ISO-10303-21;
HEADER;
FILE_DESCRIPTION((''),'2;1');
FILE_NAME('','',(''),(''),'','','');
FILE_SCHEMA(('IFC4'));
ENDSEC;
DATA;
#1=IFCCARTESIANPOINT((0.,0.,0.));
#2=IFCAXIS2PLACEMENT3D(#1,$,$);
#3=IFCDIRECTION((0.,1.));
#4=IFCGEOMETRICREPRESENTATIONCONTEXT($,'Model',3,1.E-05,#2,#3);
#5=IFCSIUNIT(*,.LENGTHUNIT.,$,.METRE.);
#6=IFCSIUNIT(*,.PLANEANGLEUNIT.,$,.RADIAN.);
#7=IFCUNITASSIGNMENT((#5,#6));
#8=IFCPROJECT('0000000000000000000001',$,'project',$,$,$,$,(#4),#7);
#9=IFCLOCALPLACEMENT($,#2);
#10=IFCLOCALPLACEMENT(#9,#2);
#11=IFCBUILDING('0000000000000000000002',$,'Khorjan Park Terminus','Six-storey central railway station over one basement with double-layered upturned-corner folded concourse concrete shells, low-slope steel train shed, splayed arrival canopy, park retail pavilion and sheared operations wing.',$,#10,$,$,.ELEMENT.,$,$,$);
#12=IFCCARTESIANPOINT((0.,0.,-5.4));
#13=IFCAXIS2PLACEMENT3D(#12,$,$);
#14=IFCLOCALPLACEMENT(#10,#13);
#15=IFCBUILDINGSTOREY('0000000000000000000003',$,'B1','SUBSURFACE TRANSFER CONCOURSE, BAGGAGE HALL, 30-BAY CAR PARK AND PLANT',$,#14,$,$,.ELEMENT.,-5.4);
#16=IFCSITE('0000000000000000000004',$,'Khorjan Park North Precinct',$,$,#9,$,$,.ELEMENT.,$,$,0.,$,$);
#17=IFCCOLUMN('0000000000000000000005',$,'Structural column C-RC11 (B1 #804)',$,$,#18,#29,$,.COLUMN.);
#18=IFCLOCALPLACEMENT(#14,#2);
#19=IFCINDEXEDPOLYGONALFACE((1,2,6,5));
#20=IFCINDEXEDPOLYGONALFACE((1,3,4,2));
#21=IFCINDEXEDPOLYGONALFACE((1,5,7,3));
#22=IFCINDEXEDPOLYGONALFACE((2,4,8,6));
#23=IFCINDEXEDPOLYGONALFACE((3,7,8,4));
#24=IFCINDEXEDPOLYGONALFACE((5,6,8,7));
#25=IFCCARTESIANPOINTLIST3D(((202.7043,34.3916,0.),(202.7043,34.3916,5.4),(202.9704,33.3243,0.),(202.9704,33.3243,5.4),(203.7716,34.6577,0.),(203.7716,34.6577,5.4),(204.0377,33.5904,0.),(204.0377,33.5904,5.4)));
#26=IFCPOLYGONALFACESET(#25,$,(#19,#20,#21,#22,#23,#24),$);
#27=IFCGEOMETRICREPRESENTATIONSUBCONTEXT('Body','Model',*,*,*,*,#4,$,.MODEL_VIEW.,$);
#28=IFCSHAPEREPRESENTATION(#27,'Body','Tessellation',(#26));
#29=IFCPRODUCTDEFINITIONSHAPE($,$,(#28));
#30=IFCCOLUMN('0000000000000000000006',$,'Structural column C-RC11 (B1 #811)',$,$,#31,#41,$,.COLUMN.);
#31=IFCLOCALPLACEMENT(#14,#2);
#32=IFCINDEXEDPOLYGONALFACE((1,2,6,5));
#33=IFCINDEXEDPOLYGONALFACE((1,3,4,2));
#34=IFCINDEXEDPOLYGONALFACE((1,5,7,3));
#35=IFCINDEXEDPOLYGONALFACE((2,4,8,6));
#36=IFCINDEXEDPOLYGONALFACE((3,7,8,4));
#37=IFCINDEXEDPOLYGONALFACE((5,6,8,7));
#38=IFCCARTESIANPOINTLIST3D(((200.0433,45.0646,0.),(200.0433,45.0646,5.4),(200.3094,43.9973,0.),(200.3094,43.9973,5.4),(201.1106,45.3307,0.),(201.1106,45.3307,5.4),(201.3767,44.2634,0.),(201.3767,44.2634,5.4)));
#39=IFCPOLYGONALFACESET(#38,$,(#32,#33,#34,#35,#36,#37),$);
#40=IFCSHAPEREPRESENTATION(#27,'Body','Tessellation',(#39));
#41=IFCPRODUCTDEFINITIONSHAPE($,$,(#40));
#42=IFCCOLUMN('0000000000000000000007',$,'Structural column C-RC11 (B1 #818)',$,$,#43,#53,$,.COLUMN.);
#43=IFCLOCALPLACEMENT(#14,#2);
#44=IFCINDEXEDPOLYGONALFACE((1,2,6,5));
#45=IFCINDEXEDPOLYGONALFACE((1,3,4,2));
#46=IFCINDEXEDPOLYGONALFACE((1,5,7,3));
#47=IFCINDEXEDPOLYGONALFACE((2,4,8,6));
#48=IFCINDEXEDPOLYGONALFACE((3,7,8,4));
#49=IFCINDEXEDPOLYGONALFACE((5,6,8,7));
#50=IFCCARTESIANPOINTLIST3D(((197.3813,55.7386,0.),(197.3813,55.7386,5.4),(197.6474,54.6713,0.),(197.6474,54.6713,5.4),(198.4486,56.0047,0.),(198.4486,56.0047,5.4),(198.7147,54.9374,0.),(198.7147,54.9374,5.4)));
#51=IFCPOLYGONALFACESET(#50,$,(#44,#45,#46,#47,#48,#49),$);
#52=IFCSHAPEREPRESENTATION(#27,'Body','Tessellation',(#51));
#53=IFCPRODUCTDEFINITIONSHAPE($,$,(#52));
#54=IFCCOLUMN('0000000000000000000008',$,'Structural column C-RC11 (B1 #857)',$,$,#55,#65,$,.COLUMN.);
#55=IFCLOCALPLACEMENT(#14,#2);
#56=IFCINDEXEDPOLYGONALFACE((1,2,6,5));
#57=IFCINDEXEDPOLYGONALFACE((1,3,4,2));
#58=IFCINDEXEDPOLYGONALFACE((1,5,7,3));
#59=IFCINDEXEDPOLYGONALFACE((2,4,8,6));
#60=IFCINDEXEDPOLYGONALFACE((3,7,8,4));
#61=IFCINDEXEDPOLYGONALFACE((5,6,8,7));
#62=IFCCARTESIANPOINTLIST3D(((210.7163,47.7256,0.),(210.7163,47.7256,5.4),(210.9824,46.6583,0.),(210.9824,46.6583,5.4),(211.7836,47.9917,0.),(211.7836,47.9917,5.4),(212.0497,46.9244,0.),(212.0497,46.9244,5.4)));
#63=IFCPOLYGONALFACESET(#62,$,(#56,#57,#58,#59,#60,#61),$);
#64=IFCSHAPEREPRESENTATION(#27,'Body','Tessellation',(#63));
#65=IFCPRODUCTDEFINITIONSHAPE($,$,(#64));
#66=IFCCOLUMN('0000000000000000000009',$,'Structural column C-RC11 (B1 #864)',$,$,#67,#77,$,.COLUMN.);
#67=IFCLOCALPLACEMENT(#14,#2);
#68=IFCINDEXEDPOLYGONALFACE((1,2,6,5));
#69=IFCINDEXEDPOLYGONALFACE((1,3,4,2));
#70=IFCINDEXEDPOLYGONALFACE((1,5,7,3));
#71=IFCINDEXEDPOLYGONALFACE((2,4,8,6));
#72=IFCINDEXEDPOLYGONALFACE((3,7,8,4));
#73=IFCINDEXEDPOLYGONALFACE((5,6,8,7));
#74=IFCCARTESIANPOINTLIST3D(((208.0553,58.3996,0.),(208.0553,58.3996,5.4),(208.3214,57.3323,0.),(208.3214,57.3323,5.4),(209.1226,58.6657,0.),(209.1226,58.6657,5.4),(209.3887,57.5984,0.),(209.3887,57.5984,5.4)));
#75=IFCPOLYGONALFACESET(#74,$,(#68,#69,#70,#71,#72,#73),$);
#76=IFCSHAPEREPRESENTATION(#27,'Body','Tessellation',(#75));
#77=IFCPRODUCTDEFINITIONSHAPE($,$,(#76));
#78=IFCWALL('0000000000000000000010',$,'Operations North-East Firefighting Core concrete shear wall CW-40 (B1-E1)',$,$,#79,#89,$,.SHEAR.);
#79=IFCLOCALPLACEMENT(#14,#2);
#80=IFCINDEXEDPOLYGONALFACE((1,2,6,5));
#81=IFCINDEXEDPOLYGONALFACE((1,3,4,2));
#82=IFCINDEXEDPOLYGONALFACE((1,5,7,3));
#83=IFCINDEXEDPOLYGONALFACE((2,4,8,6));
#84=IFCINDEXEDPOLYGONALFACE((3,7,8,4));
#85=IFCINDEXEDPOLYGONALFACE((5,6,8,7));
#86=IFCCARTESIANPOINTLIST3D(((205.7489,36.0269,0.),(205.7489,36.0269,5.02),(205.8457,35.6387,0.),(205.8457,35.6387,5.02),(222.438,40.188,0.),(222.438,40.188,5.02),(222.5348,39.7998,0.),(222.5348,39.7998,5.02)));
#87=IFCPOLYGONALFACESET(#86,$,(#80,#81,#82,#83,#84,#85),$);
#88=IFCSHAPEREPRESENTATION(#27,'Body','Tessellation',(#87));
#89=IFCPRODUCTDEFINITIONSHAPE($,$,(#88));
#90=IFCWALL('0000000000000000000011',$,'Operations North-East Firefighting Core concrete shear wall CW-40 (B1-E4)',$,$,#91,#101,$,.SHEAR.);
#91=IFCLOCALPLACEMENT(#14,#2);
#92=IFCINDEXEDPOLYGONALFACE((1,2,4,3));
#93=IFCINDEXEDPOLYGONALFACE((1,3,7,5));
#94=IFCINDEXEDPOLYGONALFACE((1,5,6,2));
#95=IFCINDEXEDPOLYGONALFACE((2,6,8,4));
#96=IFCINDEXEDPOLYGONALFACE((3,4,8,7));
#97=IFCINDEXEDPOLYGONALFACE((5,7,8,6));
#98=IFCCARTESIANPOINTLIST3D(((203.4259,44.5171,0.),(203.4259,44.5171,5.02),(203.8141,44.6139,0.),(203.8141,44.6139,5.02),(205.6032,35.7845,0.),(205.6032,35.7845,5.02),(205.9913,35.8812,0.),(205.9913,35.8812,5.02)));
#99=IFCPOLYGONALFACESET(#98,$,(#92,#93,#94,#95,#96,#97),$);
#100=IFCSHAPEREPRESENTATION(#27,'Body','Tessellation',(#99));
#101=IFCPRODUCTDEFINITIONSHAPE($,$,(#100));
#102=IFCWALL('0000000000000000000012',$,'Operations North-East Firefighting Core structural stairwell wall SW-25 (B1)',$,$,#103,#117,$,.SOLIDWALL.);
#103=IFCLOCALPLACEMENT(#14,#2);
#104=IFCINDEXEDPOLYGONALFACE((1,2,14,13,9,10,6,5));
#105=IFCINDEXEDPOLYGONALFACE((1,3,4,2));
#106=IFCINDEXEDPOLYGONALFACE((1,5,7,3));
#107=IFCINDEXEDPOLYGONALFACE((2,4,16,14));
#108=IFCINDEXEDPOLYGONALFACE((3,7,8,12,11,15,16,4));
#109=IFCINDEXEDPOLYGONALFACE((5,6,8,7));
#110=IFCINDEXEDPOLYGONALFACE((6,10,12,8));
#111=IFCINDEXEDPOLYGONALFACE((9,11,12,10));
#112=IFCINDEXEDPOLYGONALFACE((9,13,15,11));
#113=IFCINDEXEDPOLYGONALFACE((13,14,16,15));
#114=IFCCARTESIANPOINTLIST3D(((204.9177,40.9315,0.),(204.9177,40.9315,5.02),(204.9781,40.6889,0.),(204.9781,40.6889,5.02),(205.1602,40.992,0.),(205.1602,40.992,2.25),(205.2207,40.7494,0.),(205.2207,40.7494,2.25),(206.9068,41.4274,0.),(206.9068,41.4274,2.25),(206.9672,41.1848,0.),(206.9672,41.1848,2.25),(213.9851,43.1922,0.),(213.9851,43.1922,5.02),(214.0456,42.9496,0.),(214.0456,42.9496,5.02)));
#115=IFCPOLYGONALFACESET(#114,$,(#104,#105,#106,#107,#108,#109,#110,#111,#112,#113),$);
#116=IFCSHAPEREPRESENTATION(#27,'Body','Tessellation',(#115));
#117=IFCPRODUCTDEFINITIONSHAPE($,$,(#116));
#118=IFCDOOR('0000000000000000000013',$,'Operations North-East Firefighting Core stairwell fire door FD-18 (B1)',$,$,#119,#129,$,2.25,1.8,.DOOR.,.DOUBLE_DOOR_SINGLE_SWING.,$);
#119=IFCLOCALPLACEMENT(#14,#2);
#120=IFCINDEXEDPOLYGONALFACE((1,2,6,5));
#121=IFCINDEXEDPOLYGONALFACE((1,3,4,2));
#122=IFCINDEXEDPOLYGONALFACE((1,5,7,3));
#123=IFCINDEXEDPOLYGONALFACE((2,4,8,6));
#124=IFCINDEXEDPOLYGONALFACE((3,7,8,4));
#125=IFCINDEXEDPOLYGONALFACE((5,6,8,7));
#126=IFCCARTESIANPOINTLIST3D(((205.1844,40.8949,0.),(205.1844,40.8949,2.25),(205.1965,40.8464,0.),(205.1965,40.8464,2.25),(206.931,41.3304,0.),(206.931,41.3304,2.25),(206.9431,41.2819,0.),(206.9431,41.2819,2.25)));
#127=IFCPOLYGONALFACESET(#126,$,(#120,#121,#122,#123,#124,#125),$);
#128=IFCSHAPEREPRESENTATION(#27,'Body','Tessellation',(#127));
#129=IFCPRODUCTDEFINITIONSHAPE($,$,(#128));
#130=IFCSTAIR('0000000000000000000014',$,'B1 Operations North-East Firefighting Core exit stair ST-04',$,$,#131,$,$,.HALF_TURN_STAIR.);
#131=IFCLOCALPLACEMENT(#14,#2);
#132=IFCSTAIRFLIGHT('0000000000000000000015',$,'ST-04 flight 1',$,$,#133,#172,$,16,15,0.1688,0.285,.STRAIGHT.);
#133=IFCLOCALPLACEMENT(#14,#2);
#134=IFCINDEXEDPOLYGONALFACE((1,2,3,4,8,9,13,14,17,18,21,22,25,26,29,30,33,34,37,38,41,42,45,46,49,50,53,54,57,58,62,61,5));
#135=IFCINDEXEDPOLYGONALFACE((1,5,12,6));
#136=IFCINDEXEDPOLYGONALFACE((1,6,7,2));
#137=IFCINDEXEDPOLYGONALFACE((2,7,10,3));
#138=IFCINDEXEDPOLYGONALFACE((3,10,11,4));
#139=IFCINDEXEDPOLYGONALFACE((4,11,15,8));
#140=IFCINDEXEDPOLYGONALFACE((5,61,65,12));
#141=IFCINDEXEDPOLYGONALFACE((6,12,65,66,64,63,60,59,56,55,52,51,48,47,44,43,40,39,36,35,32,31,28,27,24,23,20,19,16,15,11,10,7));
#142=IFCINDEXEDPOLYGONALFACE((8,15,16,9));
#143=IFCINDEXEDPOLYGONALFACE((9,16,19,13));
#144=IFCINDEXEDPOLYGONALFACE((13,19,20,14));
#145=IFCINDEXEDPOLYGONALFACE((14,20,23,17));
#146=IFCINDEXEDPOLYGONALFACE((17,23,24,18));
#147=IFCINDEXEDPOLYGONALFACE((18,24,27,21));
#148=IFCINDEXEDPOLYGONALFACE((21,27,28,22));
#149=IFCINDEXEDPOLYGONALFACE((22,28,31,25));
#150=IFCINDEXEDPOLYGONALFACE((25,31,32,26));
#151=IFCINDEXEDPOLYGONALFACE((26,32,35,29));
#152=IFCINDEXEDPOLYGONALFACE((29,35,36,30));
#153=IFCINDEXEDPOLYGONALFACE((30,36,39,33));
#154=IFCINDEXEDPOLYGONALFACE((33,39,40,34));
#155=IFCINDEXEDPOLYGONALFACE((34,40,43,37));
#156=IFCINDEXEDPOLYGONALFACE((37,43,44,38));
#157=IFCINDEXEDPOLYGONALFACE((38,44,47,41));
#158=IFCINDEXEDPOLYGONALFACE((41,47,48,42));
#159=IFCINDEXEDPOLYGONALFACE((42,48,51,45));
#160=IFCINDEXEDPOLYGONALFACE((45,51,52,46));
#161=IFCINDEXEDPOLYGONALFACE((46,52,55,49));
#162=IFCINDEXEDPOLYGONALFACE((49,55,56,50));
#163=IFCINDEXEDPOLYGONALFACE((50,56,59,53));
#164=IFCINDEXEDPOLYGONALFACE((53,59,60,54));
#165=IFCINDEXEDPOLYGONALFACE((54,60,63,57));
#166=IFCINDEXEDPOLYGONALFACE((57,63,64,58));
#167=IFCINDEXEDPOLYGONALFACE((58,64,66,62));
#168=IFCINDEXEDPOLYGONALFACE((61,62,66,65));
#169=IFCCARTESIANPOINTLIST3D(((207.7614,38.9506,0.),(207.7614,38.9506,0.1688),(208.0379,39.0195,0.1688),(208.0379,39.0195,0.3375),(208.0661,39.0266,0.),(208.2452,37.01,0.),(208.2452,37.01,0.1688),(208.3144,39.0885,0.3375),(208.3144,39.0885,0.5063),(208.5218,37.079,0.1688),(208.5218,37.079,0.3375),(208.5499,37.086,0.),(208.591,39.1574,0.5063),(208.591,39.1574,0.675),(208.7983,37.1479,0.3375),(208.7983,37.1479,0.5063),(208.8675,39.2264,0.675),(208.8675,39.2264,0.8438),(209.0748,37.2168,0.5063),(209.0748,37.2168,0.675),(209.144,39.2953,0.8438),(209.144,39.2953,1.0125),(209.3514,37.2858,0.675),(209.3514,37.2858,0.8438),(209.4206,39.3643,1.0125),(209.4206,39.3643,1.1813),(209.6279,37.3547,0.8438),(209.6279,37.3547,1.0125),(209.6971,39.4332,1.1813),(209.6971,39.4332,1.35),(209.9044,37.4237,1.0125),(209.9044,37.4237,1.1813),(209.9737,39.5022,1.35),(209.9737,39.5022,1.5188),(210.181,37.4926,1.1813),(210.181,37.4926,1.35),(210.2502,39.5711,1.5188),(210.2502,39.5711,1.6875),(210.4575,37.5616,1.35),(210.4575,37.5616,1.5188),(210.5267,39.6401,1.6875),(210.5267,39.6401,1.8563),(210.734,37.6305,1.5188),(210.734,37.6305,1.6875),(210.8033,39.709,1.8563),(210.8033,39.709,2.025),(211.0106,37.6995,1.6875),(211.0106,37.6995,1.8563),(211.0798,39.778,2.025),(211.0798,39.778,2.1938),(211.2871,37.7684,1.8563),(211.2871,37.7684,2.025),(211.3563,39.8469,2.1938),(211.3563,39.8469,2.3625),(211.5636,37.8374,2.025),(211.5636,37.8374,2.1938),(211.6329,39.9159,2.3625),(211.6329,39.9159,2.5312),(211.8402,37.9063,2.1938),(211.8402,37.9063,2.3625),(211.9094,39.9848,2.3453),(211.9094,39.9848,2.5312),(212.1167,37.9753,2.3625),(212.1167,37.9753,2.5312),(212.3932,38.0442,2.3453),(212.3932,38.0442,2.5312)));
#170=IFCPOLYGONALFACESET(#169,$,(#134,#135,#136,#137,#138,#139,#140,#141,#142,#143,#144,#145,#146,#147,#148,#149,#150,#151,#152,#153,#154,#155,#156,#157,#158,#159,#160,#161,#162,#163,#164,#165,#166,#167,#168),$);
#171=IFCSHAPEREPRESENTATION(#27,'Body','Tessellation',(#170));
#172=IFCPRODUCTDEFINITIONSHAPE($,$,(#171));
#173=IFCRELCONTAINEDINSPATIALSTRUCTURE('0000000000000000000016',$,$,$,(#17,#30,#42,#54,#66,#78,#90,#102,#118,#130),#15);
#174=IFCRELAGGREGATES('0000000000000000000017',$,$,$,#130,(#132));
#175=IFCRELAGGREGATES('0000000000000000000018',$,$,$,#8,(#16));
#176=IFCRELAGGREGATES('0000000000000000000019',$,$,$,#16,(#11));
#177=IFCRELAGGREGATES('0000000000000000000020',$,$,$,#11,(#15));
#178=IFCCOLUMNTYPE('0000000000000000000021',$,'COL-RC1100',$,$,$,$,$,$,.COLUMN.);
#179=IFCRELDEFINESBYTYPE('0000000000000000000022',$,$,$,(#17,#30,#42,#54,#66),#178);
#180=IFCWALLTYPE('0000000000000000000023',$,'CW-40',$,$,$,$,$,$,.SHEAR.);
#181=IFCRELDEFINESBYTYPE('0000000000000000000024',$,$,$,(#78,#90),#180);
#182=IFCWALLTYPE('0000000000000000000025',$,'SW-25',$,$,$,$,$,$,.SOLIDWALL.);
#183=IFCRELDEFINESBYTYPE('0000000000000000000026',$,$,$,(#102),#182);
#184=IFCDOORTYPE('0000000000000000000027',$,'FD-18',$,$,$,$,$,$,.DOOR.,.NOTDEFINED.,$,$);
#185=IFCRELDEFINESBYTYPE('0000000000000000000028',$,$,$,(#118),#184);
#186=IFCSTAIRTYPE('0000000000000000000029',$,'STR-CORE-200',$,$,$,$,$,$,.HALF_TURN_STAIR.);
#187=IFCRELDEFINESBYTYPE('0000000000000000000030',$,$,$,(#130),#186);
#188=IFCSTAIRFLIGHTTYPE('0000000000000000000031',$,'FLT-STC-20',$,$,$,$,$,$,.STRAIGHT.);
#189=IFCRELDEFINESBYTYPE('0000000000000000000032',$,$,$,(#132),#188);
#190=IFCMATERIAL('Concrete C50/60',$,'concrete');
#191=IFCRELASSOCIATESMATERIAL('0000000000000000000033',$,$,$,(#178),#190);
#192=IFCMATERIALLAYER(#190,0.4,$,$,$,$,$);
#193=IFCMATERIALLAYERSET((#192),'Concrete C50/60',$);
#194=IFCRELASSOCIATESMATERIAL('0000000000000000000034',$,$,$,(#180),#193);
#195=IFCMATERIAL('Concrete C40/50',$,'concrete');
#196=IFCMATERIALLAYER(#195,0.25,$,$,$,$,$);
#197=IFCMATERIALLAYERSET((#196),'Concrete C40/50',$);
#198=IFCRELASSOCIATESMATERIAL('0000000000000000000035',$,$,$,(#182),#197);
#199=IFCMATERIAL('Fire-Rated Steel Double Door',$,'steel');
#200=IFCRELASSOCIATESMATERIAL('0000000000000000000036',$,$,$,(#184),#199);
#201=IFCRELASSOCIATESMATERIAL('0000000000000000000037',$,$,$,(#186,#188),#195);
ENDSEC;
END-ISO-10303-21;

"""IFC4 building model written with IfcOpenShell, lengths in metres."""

from ifc_helpers import new_model, si_unit, direction, frame, frame_2d, origin, origin_2d, place, context, subcontext, project, spatial, polyline, rectangle, outline, extrude, material, layer, layer_set, material_profile, profile_set, type_object, element, fill, aggregate, save


model = new_model("IFC4")

# Units and contexts
model_context = context("Model", 3, precision=1e-05, world=origin(), true_north=direction((0.0, 1.0)))
body_context = subcontext(model_context, "Body", "Model", "MODEL_VIEW")
ifc_project = project(units=[si_unit("LENGTHUNIT", "METRE"), si_unit("PLANEANGLEUNIT", "RADIAN")], contexts=[model_context])

# Site, building, storey
site_placement = place(None, origin())
site = spatial("IfcSite", under=ifc_project, at=site_placement, Name="Khorjan Park North Precinct", CompositionType="ELEMENT", RefElevation=0.0)
building_placement = place(site_placement, origin())
building = spatial("IfcBuilding", under=site, at=building_placement, Name="Khorjan Park Terminus", Description="Six-storey central railway station over one basement with double-layered upturned-corner folded concourse concrete shells, low-slope steel train shed, splayed arrival canopy, park retail pavilion and sheared operations wing.", CompositionType="ELEMENT")
storey_placement = place(building_placement, frame((0.0, 0.0, -5.4)))
storey = spatial("IfcBuildingStorey", under=building, at=storey_placement, Name="B1", Description="SUBSURFACE TRANSFER CONCOURSE, BAGGAGE HALL, 30-BAY CAR PARK AND PLANT", CompositionType="ELEMENT", Elevation=-5.4)

# Shared definitions
ifc_material_1 = material(Name="Concrete C40/50", Category="concrete")

# Columns
ifc_material_2 = material(Name="Concrete C50/60", Category="concrete")
ifc_material_profile_1 = material_profile(ifc_material_2, rectangle(XDim=1.1, YDim=1.1, at=origin_2d()), Name="RC 1100x1100")
ifc_profile_set_1 = profile_set([ifc_material_profile_1], Name="Concrete C50/60")
column_type = type_object("IfcColumnType", Name="COL-RC1100", PredefinedType="COLUMN", material=ifc_profile_set_1)
for number, where, z_axis, x_axis, name in (
    (1, (203.371, 33.991, 0.0), (0.0, 0.0, 1.0), (0.970296, 0.241922, 0.0), "Structural column C-RC11 (B1 #804)"),
    (2, (200.71, 44.664, 0.0), (0.0, 0.0, 1.0), (0.970296, 0.241922, 0.0), "Structural column C-RC11 (B1 #811)"),
    (3, (198.048, 55.338, 0.0), (0.0, 0.0, 1.0), (0.970296, 0.241922, 0.0), "Structural column C-RC11 (B1 #818)"),
    (4, (211.383, 47.325, 0.0), (0.0, 0.0, 1.0), (0.970296, 0.241922, 0.0), "Structural column C-RC11 (B1 #857)"),
    (5, (208.722, 57.999, 0.0), (0.0, 0.0, 1.0), (0.970296, 0.241922, 0.0), "Structural column C-RC11 (B1 #864)"),
):
    element("IfcColumn", number, at=place(storey_placement, frame(where, z_axis=z_axis, x_axis=x_axis)), inside=storey, type_object=column_type, Name=name, PredefinedType="COLUMN", context=body_context, shape_type="SweptSolid", body=[
        extrude(rectangle(XDim=1.1, YDim=1.1, at=origin_2d()), origin(), (0.0, 0.0, 1.0), 5.4),
    ])

# Walls
ifc_layer_1 = layer(ifc_material_2, 0.4)
ifc_layer_set_1 = layer_set([ifc_layer_1], Name="Concrete C50/60")
wall_type_1 = type_object("IfcWallType", Name="CW-40", PredefinedType="SHEAR", material=ifc_layer_set_1)
wall_1_placement = place(storey_placement, frame((205.7973, 35.8328, 0.0), z_axis=(0.0, 0.0, 1.0), x_axis=(0.970295, 0.241924, 0.0)))
element("IfcWall", 6, at=wall_1_placement, inside=storey, type_object=wall_type_1, Name="Operations North-East Firefighting Core concrete shear wall CW-40 (B1-E1)", PredefinedType="SHEAR", context=body_context, shape_type="SweptSolid", body=[
    extrude(rectangle(XDim=17.2, YDim=0.4, at=frame_2d((8.6, 0.0))), origin(), (0.0, 0.0, 1.0), 5.02),
])
wall_2_placement = place(storey_placement, frame((203.62, 44.5655, 0.0), z_axis=(0.0, 0.0, 1.0), x_axis=(0.241921, -0.970296, 0.0)))
element("IfcWall", 7, at=wall_2_placement, inside=storey, type_object=wall_type_1, Name="Operations North-East Firefighting Core concrete shear wall CW-40 (B1-E4)", PredefinedType="SHEAR", context=body_context, shape_type="SweptSolid", body=[
    extrude(rectangle(XDim=9.0, YDim=0.4, at=frame_2d((4.5, 0.0))), origin(), (0.0, 0.0, 1.0), 5.02),
])

# Wall, opening, door
ifc_layer_2 = layer(ifc_material_1, 0.25)
ifc_layer_set_2 = layer_set([ifc_layer_2], Name="Concrete C40/50")
wall_type_2 = type_object("IfcWallType", Name="SW-25", PredefinedType="SOLIDWALL", material=ifc_layer_set_2)
wall_3_placement = place(storey_placement, frame((204.9479, 40.8102, 0.0), z_axis=(0.0, 0.0, 1.0), x_axis=(0.970297, 0.241916, 0.0)))
wall_3 = element("IfcWall", 8, at=wall_3_placement, inside=storey, type_object=wall_type_2, Name="Operations North-East Firefighting Core structural stairwell wall SW-25 (B1)", PredefinedType="SOLIDWALL", context=body_context, shape_type="SweptSolid", body=[
    extrude(rectangle(XDim=9.345, YDim=0.25, at=frame_2d((4.6725, 0.0))), origin(), (0.0, 0.0, 1.0), 5.02),
])
opening_placement = place(wall_3_placement, frame((0.25, 0.0, 0.0)))
opening = element("IfcOpeningElement", 9, at=opening_placement, cuts=wall_3, PredefinedType="OPENING", context=body_context, shape_type="SweptSolid", body=[
    extrude(rectangle(XDim=1.8, YDim=2.25, at=frame_2d((0.9, 1.125))), frame((0.0, 0.135, 0.0), z_axis=(0.0, -1.0, 0.0), x_axis=(1.0, 0.0, 0.0)), (0.0, 0.0, 1.0), 0.27),
])
ifc_material_3 = material(Name="Fire-Rated Steel Double Door", Category="steel")
door_type = type_object("IfcDoorType", Name="FD-18", OperationType="NOTDEFINED", PredefinedType="DOOR", material=ifc_material_3)
door_placement = place(opening_placement, origin())
door = element("IfcDoor", 10, at=door_placement, inside=storey, type_object=door_type, Name="Operations North-East Firefighting Core stairwell fire door FD-18 (B1)", OperationType="DOUBLE_DOOR_SINGLE_SWING", OverallHeight=2.25, OverallWidth=1.8, PredefinedType="DOOR", context=body_context, shape_type="SweptSolid", body=[
    extrude(rectangle(XDim=1.8, YDim=2.25, at=frame_2d((0.9, 1.125))), frame((0.0, 0.025, 0.0), z_axis=(0.0, -1.0, 0.0), x_axis=(1.0, 0.0, 0.0)), (0.0, 0.0, 1.0), 0.05),
])
fill(opening, door)

# Stair, stair flight
stair_type = type_object("IfcStairType", Name="STR-CORE-200", PredefinedType="HALF_TURN_STAIR", material=ifc_material_1)
stair_placement = place(storey_placement, origin())
stair = element("IfcStair", 11, at=stair_placement, inside=storey, type_object=stair_type, Name="B1 Operations North-East Firefighting Core exit stair ST-04", PredefinedType="HALF_TURN_STAIR")
stair_flight_type = type_object("IfcStairFlightType", Name="FLT-STC-20", PredefinedType="STRAIGHT", material=ifc_material_1)
stair_flight_1_placement = place(storey_placement, frame((208.0033, 37.9803, 0.0), z_axis=(0.0, 0.0, 1.0), x_axis=(0.970296, 0.241922, 0.0)))
stair_flight_1 = element("IfcStairFlight", 12, at=stair_flight_1_placement, type_object=stair_flight_type, Name="ST-04 flight 1", NumberOfRisers=16, NumberOfTreads=15, PredefinedType="STRAIGHT", RiserHeight=0.1688, TreadLength=0.285, context=body_context, shape_type="SweptSolid", body=[
    extrude(outline(polyline([(0.0, 0.0), (0.0, 0.1688), (0.285, 0.1688), (0.285, 0.3375), (0.57, 0.3375), (0.57, 0.5063), (0.855, 0.5063), (0.855, 0.675), (1.14, 0.675), (1.14, 0.8438), (1.425, 0.8438), (1.425, 1.0125), (1.71, 1.0125), (1.71, 1.1813), (1.995, 1.1813), (1.995, 1.35), (2.28, 1.35), (2.28, 1.5188), (2.565, 1.5188), (2.565, 1.6875), (2.85, 1.6875), (2.85, 1.8563), (3.135, 1.8563), (3.135, 2.025), (3.42, 2.025), (3.42, 2.1938), (3.705, 2.1938), (3.705, 2.3625), (3.99, 2.3625), (3.99, 2.5312), (4.275, 2.5312), (4.275, 2.7), (4.275, 2.3453), (0.314, 0.0), (0.0, 0.0)])), frame((0.0, 1.0, 0.0), z_axis=(0.0, -1.0, 0.0), x_axis=(1.0, 0.0, 0.0)), (0.0, 0.0, 1.0), 2.0),
])
aggregate(stair, [stair_flight_1])

save(model, "model.ifc")
